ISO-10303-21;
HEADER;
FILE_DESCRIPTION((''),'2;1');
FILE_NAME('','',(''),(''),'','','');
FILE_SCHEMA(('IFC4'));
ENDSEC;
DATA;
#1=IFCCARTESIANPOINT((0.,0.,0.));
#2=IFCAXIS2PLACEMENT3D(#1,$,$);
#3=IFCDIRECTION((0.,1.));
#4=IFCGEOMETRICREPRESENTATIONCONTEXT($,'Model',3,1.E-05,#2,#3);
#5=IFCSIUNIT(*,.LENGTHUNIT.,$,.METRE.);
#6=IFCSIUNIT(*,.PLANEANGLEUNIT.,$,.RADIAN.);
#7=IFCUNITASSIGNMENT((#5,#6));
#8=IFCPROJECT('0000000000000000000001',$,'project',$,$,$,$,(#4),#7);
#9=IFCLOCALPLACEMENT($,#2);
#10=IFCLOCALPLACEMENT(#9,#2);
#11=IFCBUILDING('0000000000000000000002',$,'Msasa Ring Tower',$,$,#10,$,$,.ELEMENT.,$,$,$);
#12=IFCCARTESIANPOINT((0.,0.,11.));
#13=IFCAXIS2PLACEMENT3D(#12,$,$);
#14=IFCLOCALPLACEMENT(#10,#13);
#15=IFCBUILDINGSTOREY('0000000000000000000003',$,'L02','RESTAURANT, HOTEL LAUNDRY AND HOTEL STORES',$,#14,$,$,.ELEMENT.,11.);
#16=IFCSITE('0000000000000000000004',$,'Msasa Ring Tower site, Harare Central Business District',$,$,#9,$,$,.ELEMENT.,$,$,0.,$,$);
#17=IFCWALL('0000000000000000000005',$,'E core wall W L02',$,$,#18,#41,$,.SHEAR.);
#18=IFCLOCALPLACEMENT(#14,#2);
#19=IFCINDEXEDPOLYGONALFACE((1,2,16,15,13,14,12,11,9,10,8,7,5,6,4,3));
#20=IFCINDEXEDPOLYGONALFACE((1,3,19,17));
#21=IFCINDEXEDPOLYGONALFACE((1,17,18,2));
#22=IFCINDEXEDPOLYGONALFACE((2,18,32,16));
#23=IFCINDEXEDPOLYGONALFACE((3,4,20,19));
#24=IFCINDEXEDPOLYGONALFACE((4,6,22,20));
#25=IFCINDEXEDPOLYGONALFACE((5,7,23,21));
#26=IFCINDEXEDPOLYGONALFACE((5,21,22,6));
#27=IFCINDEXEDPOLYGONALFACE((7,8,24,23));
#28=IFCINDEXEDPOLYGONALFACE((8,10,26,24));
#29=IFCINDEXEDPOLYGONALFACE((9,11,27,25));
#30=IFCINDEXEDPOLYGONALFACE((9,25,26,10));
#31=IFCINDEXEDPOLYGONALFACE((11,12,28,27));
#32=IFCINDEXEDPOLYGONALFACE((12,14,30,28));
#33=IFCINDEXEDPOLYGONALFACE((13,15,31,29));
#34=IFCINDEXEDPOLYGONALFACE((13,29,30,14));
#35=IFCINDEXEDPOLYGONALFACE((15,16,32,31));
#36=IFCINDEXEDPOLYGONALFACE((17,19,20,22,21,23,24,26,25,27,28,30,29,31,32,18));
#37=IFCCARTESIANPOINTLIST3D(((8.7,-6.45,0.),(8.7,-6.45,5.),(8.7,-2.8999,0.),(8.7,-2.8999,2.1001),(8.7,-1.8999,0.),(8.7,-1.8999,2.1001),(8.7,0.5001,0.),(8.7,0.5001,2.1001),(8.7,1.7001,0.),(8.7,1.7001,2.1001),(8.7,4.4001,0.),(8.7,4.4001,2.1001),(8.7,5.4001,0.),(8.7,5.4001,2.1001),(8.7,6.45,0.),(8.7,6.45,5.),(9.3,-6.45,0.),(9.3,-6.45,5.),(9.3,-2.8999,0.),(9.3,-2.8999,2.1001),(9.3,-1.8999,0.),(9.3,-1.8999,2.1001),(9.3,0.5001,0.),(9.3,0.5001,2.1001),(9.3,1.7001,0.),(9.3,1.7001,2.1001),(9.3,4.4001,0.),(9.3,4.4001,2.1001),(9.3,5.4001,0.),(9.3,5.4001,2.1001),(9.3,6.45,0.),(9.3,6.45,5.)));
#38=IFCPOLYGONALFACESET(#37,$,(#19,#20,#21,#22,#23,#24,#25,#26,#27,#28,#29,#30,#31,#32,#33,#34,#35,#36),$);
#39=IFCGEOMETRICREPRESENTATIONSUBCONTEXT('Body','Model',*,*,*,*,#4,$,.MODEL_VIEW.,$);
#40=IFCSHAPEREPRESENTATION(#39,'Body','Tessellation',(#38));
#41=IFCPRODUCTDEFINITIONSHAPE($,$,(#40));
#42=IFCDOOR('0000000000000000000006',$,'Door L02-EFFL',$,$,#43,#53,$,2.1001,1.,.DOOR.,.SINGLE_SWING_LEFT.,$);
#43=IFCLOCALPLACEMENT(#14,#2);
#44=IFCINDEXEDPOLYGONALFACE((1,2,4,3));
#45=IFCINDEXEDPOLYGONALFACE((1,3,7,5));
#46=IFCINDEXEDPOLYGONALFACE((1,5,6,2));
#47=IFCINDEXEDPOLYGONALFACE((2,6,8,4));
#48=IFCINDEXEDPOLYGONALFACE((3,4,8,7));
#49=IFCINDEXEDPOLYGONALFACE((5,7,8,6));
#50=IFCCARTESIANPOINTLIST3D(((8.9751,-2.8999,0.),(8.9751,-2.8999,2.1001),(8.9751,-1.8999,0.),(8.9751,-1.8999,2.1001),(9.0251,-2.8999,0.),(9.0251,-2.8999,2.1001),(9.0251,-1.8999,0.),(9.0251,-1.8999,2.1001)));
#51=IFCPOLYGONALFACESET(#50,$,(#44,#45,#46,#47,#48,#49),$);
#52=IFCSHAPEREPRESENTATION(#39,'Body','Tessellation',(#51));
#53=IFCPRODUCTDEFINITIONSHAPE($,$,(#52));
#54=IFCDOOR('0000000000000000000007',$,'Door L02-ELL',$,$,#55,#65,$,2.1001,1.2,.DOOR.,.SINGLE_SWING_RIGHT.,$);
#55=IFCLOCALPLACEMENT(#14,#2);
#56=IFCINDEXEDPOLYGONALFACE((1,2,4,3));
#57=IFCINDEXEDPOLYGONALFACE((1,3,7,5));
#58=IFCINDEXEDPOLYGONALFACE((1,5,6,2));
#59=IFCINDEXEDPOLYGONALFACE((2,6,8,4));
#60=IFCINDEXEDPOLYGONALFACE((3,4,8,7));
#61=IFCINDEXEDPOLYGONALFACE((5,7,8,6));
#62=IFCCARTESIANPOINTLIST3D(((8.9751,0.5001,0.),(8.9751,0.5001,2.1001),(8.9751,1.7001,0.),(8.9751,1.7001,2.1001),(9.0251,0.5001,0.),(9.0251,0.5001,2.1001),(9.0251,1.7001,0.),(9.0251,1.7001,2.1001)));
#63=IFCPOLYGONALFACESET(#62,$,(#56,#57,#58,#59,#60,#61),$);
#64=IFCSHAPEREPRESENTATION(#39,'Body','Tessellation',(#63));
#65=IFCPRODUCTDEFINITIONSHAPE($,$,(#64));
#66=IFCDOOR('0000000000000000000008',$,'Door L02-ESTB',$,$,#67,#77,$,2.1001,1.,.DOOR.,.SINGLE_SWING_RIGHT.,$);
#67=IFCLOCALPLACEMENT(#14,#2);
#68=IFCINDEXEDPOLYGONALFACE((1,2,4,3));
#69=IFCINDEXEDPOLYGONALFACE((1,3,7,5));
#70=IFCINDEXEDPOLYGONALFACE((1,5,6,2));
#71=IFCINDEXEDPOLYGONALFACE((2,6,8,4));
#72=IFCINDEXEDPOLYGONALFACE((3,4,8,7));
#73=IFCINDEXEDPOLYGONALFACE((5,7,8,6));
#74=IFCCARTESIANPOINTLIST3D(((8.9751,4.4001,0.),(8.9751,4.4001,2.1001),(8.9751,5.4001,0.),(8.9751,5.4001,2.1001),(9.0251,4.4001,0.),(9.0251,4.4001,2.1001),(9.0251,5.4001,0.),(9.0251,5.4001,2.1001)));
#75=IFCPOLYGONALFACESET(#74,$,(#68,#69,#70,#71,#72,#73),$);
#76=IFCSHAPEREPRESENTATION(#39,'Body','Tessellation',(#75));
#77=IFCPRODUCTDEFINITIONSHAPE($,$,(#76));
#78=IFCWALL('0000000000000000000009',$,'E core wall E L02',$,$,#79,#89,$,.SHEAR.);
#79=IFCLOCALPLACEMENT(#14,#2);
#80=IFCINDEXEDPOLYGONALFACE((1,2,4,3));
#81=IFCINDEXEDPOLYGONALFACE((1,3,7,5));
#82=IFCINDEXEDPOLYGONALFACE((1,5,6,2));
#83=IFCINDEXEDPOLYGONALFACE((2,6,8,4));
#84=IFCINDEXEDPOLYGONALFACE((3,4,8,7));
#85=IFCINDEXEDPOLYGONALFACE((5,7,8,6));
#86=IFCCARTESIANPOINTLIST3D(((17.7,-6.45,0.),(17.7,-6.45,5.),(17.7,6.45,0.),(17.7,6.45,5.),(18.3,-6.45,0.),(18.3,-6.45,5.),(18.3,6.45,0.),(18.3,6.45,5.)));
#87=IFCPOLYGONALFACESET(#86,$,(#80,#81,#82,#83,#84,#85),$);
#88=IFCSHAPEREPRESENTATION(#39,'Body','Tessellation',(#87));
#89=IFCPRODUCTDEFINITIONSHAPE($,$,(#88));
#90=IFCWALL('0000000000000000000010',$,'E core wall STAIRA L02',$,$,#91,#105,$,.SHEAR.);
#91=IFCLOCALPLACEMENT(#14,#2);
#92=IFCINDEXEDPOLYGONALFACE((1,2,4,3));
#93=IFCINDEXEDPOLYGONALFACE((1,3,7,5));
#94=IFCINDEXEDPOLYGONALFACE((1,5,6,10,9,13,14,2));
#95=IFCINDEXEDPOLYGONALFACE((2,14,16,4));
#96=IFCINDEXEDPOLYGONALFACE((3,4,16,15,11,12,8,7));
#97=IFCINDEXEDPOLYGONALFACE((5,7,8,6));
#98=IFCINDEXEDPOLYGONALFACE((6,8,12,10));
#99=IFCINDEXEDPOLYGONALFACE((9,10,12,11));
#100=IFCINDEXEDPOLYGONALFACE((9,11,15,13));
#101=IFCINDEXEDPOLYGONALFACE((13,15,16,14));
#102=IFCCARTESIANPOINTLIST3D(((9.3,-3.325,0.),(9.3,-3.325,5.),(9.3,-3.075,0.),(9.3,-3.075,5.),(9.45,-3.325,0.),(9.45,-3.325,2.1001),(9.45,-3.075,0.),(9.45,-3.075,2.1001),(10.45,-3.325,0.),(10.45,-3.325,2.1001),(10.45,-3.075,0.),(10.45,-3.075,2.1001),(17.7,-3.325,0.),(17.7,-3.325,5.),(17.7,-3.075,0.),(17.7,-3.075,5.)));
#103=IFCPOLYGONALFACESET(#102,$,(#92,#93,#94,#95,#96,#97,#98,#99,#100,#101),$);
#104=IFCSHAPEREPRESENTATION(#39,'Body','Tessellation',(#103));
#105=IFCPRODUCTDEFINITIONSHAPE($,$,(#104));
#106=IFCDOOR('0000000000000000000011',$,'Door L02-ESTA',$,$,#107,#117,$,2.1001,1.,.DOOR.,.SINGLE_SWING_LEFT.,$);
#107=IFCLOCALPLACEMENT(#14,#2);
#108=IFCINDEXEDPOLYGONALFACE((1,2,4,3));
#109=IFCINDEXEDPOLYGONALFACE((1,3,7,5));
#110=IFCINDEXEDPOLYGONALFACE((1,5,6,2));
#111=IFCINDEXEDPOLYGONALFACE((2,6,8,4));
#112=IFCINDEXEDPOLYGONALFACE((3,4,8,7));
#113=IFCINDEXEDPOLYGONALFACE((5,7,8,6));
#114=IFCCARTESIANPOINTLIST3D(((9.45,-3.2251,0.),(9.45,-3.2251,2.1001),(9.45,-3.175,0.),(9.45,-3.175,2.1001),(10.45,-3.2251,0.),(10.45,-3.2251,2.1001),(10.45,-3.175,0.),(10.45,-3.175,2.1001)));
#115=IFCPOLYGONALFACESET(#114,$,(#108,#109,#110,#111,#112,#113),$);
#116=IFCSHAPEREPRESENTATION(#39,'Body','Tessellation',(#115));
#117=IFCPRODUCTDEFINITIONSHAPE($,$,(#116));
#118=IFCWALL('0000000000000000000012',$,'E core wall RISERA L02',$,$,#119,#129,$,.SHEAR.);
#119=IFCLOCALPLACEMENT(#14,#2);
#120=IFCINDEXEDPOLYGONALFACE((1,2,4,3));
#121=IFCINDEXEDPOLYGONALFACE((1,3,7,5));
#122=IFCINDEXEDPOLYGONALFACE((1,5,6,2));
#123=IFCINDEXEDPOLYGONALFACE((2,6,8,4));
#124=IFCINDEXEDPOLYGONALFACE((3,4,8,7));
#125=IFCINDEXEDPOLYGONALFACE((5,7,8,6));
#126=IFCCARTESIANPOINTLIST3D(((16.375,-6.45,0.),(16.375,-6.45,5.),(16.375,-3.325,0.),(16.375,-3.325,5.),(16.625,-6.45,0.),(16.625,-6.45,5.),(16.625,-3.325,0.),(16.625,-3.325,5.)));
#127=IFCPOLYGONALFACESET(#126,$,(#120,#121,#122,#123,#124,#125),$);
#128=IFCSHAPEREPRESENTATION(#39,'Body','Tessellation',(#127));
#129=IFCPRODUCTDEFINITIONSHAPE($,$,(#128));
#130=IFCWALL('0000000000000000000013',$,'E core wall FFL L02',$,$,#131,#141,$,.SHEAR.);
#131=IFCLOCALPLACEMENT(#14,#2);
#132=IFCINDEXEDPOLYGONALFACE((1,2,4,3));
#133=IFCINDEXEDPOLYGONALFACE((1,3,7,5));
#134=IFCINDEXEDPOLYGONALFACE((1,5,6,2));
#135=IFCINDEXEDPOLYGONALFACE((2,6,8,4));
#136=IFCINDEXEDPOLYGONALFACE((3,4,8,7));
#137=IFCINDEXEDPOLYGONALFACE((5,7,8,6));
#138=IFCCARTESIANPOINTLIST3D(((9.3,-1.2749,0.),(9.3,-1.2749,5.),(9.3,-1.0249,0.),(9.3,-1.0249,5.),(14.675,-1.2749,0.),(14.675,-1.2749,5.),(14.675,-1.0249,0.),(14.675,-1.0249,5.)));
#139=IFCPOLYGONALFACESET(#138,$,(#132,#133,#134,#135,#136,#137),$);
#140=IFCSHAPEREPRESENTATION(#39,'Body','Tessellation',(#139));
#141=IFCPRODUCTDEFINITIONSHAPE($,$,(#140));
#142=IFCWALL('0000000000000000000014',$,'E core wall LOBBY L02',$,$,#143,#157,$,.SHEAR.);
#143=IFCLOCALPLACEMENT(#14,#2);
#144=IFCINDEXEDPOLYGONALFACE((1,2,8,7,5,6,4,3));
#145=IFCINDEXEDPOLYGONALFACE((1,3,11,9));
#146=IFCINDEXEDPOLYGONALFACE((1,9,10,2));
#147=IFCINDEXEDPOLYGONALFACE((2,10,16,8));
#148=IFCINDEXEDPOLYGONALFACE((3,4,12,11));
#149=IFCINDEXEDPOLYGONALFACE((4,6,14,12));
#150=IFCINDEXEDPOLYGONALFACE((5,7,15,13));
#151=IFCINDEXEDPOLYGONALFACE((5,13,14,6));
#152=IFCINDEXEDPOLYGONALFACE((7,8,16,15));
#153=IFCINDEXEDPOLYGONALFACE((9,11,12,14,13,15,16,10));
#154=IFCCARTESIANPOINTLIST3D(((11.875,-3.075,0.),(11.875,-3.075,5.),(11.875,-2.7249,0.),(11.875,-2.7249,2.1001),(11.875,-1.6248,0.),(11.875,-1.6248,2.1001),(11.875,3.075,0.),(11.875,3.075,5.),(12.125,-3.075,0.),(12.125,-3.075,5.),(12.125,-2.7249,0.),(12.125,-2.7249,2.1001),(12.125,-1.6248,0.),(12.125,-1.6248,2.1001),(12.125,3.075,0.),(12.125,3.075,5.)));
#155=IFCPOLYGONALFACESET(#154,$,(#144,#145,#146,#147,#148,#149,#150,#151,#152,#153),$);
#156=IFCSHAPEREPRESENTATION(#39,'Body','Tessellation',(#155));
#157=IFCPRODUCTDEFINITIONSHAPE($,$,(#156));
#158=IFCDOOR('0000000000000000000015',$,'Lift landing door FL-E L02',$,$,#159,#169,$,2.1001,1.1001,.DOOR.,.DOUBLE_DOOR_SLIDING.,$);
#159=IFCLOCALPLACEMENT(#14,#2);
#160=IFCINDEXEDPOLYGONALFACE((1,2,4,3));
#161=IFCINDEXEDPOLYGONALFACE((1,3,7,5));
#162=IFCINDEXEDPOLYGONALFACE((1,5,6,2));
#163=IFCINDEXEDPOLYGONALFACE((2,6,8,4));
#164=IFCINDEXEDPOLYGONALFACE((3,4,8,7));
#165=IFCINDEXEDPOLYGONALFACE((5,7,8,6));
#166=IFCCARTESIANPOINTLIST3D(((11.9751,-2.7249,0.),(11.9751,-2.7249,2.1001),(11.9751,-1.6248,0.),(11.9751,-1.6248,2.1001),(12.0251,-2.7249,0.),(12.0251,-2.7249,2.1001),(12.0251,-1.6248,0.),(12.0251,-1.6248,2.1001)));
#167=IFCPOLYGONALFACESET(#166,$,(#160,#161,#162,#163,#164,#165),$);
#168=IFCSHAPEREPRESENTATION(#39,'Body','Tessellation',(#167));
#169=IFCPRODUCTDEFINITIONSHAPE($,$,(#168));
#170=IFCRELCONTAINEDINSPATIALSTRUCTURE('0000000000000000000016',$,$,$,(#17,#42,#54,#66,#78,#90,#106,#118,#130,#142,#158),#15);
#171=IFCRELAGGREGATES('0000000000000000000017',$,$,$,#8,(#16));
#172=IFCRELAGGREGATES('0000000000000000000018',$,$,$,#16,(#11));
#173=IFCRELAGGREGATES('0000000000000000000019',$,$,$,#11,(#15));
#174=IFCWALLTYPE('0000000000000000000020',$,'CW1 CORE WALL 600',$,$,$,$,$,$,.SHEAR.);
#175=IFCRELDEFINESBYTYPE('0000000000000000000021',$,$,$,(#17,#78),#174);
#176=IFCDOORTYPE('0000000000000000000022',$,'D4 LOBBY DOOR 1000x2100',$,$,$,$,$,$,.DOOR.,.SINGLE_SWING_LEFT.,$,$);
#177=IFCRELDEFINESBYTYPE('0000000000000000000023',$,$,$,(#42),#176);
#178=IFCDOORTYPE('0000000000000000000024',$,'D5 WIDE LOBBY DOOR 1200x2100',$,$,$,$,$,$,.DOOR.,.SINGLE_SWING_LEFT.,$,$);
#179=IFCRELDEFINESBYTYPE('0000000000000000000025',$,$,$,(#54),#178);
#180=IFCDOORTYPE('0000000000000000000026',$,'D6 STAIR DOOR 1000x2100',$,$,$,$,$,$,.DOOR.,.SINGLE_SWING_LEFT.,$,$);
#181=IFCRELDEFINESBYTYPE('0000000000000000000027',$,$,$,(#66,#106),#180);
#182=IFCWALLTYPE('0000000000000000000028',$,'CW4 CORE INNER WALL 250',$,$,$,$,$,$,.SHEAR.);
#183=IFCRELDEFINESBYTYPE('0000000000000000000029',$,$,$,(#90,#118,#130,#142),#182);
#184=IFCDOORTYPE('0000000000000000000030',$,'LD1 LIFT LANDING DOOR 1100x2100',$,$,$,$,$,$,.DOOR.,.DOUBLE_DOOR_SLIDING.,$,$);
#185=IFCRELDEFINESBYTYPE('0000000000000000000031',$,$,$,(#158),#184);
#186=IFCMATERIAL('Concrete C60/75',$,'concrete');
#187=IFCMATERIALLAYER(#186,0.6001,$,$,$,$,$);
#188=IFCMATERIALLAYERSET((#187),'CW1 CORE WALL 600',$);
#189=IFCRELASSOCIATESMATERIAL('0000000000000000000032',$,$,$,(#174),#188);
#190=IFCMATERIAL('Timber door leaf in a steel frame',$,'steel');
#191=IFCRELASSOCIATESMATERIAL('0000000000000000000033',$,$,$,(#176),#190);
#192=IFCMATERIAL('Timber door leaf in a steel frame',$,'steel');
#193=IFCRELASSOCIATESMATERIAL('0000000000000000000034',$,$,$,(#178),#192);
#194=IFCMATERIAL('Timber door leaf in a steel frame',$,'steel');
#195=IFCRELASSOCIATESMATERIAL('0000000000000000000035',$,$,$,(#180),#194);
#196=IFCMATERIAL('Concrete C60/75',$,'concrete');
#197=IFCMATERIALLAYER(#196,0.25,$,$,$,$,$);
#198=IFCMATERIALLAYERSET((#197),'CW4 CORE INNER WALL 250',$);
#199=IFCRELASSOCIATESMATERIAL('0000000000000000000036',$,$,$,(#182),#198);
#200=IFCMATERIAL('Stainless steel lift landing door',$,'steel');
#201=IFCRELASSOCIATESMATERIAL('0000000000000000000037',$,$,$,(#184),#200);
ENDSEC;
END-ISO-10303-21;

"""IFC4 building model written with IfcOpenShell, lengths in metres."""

from ifc_helpers import new_model, si_unit, direction, frame, frame_2d, origin, place, context, subcontext, project, spatial, rectangle, extrude, material, layer, layer_set, type_object, element, fill, save


model = new_model("IFC4")

# Units and contexts
model_context = context("Model", 3, precision=1e-05, world=origin(), true_north=direction((0.0, 1.0)))
body_context = subcontext(model_context, "Body", "Model", "MODEL_VIEW")
ifc_project = project(units=[si_unit("LENGTHUNIT", "METRE"), si_unit("PLANEANGLEUNIT", "RADIAN")], contexts=[model_context])

# Site, building, storey
site_placement = place(None, origin())
site = spatial("IfcSite", under=ifc_project, at=site_placement, Name="Msasa Ring Tower site, Harare Central Business District", CompositionType="ELEMENT", RefElevation=0.0)
building_placement = place(site_placement, origin())
building = spatial("IfcBuilding", under=site, at=building_placement, Name="Msasa Ring Tower", CompositionType="ELEMENT")
storey_placement = place(building_placement, frame((0.0, 0.0, 11.0)))
storey = spatial("IfcBuildingStorey", under=building, at=storey_placement, Name="L02", Description="RESTAURANT, HOTEL LAUNDRY AND HOTEL STORES", CompositionType="ELEMENT", Elevation=11.0)

# Wall, openings, doors
ifc_material_1 = material(Name="Concrete C60/75", Category="concrete")
ifc_layer_1 = layer(ifc_material_1, 0.6001)
ifc_layer_set_1 = layer_set([ifc_layer_1], Name="CW1 CORE WALL 600")
wall_type_1 = type_object("IfcWallType", Name="CW1 CORE WALL 600", PredefinedType="SHEAR", material=ifc_layer_set_1)
wall_1_placement = place(storey_placement, frame((9.0, -6.45, 0.0), z_axis=(0.0, 0.0, 1.0), x_axis=(0.0, 1.0, 0.0)))
wall_1 = element("IfcWall", 1, at=wall_1_placement, inside=storey, type_object=wall_type_1, Name="E core wall W L02", PredefinedType="SHEAR", context=body_context, shape_type="SweptSolid", body=[
    extrude(rectangle(XDim=12.8999, YDim=0.6001, at=frame_2d((6.45, 0.0))), origin(), (0.0, 0.0, 1.0), 5.0),
])
opening_1_placement = place(wall_1_placement, frame((3.55, 0.0, 0.0)))
opening_1 = element("IfcOpeningElement", 2, at=opening_1_placement, cuts=wall_1, PredefinedType="OPENING", context=body_context, shape_type="SweptSolid", body=[
    extrude(rectangle(XDim=1.0, YDim=2.1001, at=frame_2d((0.5, 1.05))), frame((0.0, 0.3101, 0.0), z_axis=(0.0, -1.0, 0.0), x_axis=(1.0, 0.0, 0.0)), (0.0, 0.0, 1.0), 0.6201),
])
opening_2_placement = place(wall_1_placement, frame((6.95, 0.0, 0.0)))
opening_2 = element("IfcOpeningElement", 3, at=opening_2_placement, cuts=wall_1, PredefinedType="OPENING", context=body_context, shape_type="SweptSolid", body=[
    extrude(rectangle(XDim=1.2, YDim=2.1001, at=frame_2d((0.6001, 1.05))), frame((0.0, 0.3101, 0.0), z_axis=(0.0, -1.0, 0.0), x_axis=(1.0, 0.0, 0.0)), (0.0, 0.0, 1.0), 0.6201),
])
opening_3_placement = place(wall_1_placement, frame((10.8501, 0.0, 0.0)))
opening_3 = element("IfcOpeningElement", 4, at=opening_3_placement, cuts=wall_1, PredefinedType="OPENING", context=body_context, shape_type="SweptSolid", body=[
    extrude(rectangle(XDim=1.0, YDim=2.1001, at=frame_2d((0.5, 1.05))), frame((0.0, 0.3101, 0.0), z_axis=(0.0, -1.0, 0.0), x_axis=(1.0, 0.0, 0.0)), (0.0, 0.0, 1.0), 0.6201),
])
ifc_material_2 = material(Name="Timber door leaf in a steel frame", Category="steel")
door_type_1 = type_object("IfcDoorType", Name="D4 LOBBY DOOR 1000x2100", OperationType="SINGLE_SWING_LEFT", PredefinedType="DOOR", material=ifc_material_2)
door_1_placement = place(opening_1_placement, origin())
door_1 = element("IfcDoor", 5, at=door_1_placement, inside=storey, type_object=door_type_1, Name="Door L02-EFFL", OperationType="SINGLE_SWING_LEFT", OverallHeight=2.1001, OverallWidth=1.0, PredefinedType="DOOR", context=body_context, shape_type="SweptSolid", body=[
    extrude(rectangle(XDim=1.0, YDim=2.1001, at=frame_2d((0.5, 1.05))), frame((0.0, 0.0249, 0.0), z_axis=(0.0, -1.0, 0.0), x_axis=(1.0, 0.0, 0.0)), (0.0, 0.0, 1.0), 0.05),
])
fill(opening_1, door_1)
ifc_material_3 = material(Name="Timber door leaf in a steel frame", Category="steel")
door_type_2 = type_object("IfcDoorType", Name="D5 WIDE LOBBY DOOR 1200x2100", OperationType="SINGLE_SWING_LEFT", PredefinedType="DOOR", material=ifc_material_3)
door_2_placement = place(opening_2_placement, origin())
door_2 = element("IfcDoor", 6, at=door_2_placement, inside=storey, type_object=door_type_2, Name="Door L02-ELL", OperationType="SINGLE_SWING_RIGHT", OverallHeight=2.1001, OverallWidth=1.2, PredefinedType="DOOR", context=body_context, shape_type="SweptSolid", body=[
    extrude(rectangle(XDim=1.2, YDim=2.1001, at=frame_2d((0.6001, 1.05))), frame((0.0, 0.0249, 0.0), z_axis=(0.0, -1.0, 0.0), x_axis=(1.0, 0.0, 0.0)), (0.0, 0.0, 1.0), 0.05),
])
fill(opening_2, door_2)
ifc_material_4 = material(Name="Timber door leaf in a steel frame", Category="steel")
door_type_3 = type_object("IfcDoorType", Name="D6 STAIR DOOR 1000x2100", OperationType="SINGLE_SWING_LEFT", PredefinedType="DOOR", material=ifc_material_4)
door_3_placement = place(opening_3_placement, origin())
door_3 = element("IfcDoor", 7, at=door_3_placement, inside=storey, type_object=door_type_3, Name="Door L02-ESTB", OperationType="SINGLE_SWING_RIGHT", OverallHeight=2.1001, OverallWidth=1.0, PredefinedType="DOOR", context=body_context, shape_type="SweptSolid", body=[
    extrude(rectangle(XDim=1.0, YDim=2.1001, at=frame_2d((0.5, 1.05))), frame((0.0, 0.0249, 0.0), z_axis=(0.0, -1.0, 0.0), x_axis=(1.0, 0.0, 0.0)), (0.0, 0.0, 1.0), 0.05),
])
fill(opening_3, door_3)

# Wall
wall_2_placement = place(storey_placement, frame((18.0, -6.45, 0.0), z_axis=(0.0, 0.0, 1.0), x_axis=(0.0, 1.0, 0.0)))
element("IfcWall", 8, at=wall_2_placement, inside=storey, type_object=wall_type_1, Name="E core wall E L02", PredefinedType="SHEAR", context=body_context, shape_type="SweptSolid", body=[
    extrude(rectangle(XDim=12.8999, YDim=0.6001, at=frame_2d((6.45, 0.0))), origin(), (0.0, 0.0, 1.0), 5.0),
])

# Wall, opening, door
ifc_material_5 = material(Name="Concrete C60/75", Category="concrete")
ifc_layer_2 = layer(ifc_material_5, 0.25)
ifc_layer_set_2 = layer_set([ifc_layer_2], Name="CW4 CORE INNER WALL 250")
wall_type_2 = type_object("IfcWallType", Name="CW4 CORE INNER WALL 250", PredefinedType="SHEAR", material=ifc_layer_set_2)
wall_3_placement = place(storey_placement, frame((9.3, -3.2, 0.0), z_axis=(0.0, 0.0, 1.0), x_axis=(1.0, 0.0, 0.0)))
wall_3 = element("IfcWall", 9, at=wall_3_placement, inside=storey, type_object=wall_type_2, Name="E core wall STAIRA L02", PredefinedType="SHEAR", context=body_context, shape_type="SweptSolid", body=[
    extrude(rectangle(XDim=8.3999, YDim=0.25, at=frame_2d((4.2, 0.0))), origin(), (0.0, 0.0, 1.0), 5.0),
])
opening_4_placement = place(wall_3_placement, frame((0.1499, 0.0, 0.0)))
opening_4 = element("IfcOpeningElement", 10, at=opening_4_placement, cuts=wall_3, PredefinedType="OPENING", context=body_context, shape_type="SweptSolid", body=[
    extrude(rectangle(XDim=1.0, YDim=2.1001, at=frame_2d((0.5, 1.05))), frame((0.0, 0.135, 0.0), z_axis=(0.0, -1.0, 0.0), x_axis=(1.0, 0.0, 0.0)), (0.0, 0.0, 1.0), 0.27),
])
door_4_placement = place(opening_4_placement, origin())
door_4 = element("IfcDoor", 11, at=door_4_placement, inside=storey, type_object=door_type_3, Name="Door L02-ESTA", OperationType="SINGLE_SWING_LEFT", OverallHeight=2.1001, OverallWidth=1.0, PredefinedType="DOOR", context=body_context, shape_type="SweptSolid", body=[
    extrude(rectangle(XDim=1.0, YDim=2.1001, at=frame_2d((0.5, 1.05))), frame((0.0, 0.0249, 0.0), z_axis=(0.0, -1.0, 0.0), x_axis=(1.0, 0.0, 0.0)), (0.0, 0.0, 1.0), 0.05),
])
fill(opening_4, door_4)

# Walls
wall_4_placement = place(storey_placement, frame((16.5, -6.45, 0.0), z_axis=(0.0, 0.0, 1.0), x_axis=(0.0, 1.0, 0.0)))
element("IfcWall", 12, at=wall_4_placement, inside=storey, type_object=wall_type_2, Name="E core wall RISERA L02", PredefinedType="SHEAR", context=body_context, shape_type="SweptSolid", body=[
    extrude(rectangle(XDim=3.125, YDim=0.25, at=frame_2d((1.5625, 0.0))), origin(), (0.0, 0.0, 1.0), 5.0),
])
wall_5_placement = place(storey_placement, frame((9.3, -1.1499, 0.0), z_axis=(0.0, 0.0, 1.0), x_axis=(1.0, 0.0, 0.0)))
element("IfcWall", 13, at=wall_5_placement, inside=storey, type_object=wall_type_2, Name="E core wall FFL L02", PredefinedType="SHEAR", context=body_context, shape_type="SweptSolid", body=[
    extrude(rectangle(XDim=5.375, YDim=0.25, at=frame_2d((2.6875, 0.0))), origin(), (0.0, 0.0, 1.0), 5.0),
])

# Wall, opening, door
wall_6_placement = place(storey_placement, frame((12.0, -3.075, 0.0), z_axis=(0.0, 0.0, 1.0), x_axis=(0.0, 1.0, 0.0)))
wall_6 = element("IfcWall", 14, at=wall_6_placement, inside=storey, type_object=wall_type_2, Name="E core wall LOBBY L02", PredefinedType="SHEAR", context=body_context, shape_type="SweptSolid", body=[
    extrude(rectangle(XDim=6.1499, YDim=0.25, at=frame_2d((3.075, 0.0))), origin(), (0.0, 0.0, 1.0), 5.0),
])
opening_5_placement = place(wall_6_placement, frame((0.3501, 0.0, 0.0)))
opening_5 = element("IfcOpeningElement", 15, at=opening_5_placement, cuts=wall_6, PredefinedType="OPENING", context=body_context, shape_type="SweptSolid", body=[
    extrude(rectangle(XDim=1.1001, YDim=2.1001, at=frame_2d((0.55, 1.05))), frame((0.0, 0.135, 0.0), z_axis=(0.0, -1.0, 0.0), x_axis=(1.0, 0.0, 0.0)), (0.0, 0.0, 1.0), 0.27),
])
ifc_material_6 = material(Name="Stainless steel lift landing door", Category="steel")
door_type_4 = type_object("IfcDoorType", Name="LD1 LIFT LANDING DOOR 1100x2100", OperationType="DOUBLE_DOOR_SLIDING", PredefinedType="DOOR", material=ifc_material_6)
door_5_placement = place(opening_5_placement, origin())
door_5 = element("IfcDoor", 16, at=door_5_placement, inside=storey, type_object=door_type_4, Name="Lift landing door FL-E L02", OperationType="DOUBLE_DOOR_SLIDING", OverallHeight=2.1001, OverallWidth=1.1001, PredefinedType="DOOR", context=body_context, shape_type="SweptSolid", body=[
    extrude(rectangle(XDim=1.1001, YDim=2.1001, at=frame_2d((0.55, 1.05))), frame((0.0, 0.0249, 0.0), z_axis=(0.0, -1.0, 0.0), x_axis=(1.0, 0.0, 0.0)), (0.0, 0.0, 1.0), 0.05),
])
fill(opening_5, door_5)

save(model, "model.ifc")
